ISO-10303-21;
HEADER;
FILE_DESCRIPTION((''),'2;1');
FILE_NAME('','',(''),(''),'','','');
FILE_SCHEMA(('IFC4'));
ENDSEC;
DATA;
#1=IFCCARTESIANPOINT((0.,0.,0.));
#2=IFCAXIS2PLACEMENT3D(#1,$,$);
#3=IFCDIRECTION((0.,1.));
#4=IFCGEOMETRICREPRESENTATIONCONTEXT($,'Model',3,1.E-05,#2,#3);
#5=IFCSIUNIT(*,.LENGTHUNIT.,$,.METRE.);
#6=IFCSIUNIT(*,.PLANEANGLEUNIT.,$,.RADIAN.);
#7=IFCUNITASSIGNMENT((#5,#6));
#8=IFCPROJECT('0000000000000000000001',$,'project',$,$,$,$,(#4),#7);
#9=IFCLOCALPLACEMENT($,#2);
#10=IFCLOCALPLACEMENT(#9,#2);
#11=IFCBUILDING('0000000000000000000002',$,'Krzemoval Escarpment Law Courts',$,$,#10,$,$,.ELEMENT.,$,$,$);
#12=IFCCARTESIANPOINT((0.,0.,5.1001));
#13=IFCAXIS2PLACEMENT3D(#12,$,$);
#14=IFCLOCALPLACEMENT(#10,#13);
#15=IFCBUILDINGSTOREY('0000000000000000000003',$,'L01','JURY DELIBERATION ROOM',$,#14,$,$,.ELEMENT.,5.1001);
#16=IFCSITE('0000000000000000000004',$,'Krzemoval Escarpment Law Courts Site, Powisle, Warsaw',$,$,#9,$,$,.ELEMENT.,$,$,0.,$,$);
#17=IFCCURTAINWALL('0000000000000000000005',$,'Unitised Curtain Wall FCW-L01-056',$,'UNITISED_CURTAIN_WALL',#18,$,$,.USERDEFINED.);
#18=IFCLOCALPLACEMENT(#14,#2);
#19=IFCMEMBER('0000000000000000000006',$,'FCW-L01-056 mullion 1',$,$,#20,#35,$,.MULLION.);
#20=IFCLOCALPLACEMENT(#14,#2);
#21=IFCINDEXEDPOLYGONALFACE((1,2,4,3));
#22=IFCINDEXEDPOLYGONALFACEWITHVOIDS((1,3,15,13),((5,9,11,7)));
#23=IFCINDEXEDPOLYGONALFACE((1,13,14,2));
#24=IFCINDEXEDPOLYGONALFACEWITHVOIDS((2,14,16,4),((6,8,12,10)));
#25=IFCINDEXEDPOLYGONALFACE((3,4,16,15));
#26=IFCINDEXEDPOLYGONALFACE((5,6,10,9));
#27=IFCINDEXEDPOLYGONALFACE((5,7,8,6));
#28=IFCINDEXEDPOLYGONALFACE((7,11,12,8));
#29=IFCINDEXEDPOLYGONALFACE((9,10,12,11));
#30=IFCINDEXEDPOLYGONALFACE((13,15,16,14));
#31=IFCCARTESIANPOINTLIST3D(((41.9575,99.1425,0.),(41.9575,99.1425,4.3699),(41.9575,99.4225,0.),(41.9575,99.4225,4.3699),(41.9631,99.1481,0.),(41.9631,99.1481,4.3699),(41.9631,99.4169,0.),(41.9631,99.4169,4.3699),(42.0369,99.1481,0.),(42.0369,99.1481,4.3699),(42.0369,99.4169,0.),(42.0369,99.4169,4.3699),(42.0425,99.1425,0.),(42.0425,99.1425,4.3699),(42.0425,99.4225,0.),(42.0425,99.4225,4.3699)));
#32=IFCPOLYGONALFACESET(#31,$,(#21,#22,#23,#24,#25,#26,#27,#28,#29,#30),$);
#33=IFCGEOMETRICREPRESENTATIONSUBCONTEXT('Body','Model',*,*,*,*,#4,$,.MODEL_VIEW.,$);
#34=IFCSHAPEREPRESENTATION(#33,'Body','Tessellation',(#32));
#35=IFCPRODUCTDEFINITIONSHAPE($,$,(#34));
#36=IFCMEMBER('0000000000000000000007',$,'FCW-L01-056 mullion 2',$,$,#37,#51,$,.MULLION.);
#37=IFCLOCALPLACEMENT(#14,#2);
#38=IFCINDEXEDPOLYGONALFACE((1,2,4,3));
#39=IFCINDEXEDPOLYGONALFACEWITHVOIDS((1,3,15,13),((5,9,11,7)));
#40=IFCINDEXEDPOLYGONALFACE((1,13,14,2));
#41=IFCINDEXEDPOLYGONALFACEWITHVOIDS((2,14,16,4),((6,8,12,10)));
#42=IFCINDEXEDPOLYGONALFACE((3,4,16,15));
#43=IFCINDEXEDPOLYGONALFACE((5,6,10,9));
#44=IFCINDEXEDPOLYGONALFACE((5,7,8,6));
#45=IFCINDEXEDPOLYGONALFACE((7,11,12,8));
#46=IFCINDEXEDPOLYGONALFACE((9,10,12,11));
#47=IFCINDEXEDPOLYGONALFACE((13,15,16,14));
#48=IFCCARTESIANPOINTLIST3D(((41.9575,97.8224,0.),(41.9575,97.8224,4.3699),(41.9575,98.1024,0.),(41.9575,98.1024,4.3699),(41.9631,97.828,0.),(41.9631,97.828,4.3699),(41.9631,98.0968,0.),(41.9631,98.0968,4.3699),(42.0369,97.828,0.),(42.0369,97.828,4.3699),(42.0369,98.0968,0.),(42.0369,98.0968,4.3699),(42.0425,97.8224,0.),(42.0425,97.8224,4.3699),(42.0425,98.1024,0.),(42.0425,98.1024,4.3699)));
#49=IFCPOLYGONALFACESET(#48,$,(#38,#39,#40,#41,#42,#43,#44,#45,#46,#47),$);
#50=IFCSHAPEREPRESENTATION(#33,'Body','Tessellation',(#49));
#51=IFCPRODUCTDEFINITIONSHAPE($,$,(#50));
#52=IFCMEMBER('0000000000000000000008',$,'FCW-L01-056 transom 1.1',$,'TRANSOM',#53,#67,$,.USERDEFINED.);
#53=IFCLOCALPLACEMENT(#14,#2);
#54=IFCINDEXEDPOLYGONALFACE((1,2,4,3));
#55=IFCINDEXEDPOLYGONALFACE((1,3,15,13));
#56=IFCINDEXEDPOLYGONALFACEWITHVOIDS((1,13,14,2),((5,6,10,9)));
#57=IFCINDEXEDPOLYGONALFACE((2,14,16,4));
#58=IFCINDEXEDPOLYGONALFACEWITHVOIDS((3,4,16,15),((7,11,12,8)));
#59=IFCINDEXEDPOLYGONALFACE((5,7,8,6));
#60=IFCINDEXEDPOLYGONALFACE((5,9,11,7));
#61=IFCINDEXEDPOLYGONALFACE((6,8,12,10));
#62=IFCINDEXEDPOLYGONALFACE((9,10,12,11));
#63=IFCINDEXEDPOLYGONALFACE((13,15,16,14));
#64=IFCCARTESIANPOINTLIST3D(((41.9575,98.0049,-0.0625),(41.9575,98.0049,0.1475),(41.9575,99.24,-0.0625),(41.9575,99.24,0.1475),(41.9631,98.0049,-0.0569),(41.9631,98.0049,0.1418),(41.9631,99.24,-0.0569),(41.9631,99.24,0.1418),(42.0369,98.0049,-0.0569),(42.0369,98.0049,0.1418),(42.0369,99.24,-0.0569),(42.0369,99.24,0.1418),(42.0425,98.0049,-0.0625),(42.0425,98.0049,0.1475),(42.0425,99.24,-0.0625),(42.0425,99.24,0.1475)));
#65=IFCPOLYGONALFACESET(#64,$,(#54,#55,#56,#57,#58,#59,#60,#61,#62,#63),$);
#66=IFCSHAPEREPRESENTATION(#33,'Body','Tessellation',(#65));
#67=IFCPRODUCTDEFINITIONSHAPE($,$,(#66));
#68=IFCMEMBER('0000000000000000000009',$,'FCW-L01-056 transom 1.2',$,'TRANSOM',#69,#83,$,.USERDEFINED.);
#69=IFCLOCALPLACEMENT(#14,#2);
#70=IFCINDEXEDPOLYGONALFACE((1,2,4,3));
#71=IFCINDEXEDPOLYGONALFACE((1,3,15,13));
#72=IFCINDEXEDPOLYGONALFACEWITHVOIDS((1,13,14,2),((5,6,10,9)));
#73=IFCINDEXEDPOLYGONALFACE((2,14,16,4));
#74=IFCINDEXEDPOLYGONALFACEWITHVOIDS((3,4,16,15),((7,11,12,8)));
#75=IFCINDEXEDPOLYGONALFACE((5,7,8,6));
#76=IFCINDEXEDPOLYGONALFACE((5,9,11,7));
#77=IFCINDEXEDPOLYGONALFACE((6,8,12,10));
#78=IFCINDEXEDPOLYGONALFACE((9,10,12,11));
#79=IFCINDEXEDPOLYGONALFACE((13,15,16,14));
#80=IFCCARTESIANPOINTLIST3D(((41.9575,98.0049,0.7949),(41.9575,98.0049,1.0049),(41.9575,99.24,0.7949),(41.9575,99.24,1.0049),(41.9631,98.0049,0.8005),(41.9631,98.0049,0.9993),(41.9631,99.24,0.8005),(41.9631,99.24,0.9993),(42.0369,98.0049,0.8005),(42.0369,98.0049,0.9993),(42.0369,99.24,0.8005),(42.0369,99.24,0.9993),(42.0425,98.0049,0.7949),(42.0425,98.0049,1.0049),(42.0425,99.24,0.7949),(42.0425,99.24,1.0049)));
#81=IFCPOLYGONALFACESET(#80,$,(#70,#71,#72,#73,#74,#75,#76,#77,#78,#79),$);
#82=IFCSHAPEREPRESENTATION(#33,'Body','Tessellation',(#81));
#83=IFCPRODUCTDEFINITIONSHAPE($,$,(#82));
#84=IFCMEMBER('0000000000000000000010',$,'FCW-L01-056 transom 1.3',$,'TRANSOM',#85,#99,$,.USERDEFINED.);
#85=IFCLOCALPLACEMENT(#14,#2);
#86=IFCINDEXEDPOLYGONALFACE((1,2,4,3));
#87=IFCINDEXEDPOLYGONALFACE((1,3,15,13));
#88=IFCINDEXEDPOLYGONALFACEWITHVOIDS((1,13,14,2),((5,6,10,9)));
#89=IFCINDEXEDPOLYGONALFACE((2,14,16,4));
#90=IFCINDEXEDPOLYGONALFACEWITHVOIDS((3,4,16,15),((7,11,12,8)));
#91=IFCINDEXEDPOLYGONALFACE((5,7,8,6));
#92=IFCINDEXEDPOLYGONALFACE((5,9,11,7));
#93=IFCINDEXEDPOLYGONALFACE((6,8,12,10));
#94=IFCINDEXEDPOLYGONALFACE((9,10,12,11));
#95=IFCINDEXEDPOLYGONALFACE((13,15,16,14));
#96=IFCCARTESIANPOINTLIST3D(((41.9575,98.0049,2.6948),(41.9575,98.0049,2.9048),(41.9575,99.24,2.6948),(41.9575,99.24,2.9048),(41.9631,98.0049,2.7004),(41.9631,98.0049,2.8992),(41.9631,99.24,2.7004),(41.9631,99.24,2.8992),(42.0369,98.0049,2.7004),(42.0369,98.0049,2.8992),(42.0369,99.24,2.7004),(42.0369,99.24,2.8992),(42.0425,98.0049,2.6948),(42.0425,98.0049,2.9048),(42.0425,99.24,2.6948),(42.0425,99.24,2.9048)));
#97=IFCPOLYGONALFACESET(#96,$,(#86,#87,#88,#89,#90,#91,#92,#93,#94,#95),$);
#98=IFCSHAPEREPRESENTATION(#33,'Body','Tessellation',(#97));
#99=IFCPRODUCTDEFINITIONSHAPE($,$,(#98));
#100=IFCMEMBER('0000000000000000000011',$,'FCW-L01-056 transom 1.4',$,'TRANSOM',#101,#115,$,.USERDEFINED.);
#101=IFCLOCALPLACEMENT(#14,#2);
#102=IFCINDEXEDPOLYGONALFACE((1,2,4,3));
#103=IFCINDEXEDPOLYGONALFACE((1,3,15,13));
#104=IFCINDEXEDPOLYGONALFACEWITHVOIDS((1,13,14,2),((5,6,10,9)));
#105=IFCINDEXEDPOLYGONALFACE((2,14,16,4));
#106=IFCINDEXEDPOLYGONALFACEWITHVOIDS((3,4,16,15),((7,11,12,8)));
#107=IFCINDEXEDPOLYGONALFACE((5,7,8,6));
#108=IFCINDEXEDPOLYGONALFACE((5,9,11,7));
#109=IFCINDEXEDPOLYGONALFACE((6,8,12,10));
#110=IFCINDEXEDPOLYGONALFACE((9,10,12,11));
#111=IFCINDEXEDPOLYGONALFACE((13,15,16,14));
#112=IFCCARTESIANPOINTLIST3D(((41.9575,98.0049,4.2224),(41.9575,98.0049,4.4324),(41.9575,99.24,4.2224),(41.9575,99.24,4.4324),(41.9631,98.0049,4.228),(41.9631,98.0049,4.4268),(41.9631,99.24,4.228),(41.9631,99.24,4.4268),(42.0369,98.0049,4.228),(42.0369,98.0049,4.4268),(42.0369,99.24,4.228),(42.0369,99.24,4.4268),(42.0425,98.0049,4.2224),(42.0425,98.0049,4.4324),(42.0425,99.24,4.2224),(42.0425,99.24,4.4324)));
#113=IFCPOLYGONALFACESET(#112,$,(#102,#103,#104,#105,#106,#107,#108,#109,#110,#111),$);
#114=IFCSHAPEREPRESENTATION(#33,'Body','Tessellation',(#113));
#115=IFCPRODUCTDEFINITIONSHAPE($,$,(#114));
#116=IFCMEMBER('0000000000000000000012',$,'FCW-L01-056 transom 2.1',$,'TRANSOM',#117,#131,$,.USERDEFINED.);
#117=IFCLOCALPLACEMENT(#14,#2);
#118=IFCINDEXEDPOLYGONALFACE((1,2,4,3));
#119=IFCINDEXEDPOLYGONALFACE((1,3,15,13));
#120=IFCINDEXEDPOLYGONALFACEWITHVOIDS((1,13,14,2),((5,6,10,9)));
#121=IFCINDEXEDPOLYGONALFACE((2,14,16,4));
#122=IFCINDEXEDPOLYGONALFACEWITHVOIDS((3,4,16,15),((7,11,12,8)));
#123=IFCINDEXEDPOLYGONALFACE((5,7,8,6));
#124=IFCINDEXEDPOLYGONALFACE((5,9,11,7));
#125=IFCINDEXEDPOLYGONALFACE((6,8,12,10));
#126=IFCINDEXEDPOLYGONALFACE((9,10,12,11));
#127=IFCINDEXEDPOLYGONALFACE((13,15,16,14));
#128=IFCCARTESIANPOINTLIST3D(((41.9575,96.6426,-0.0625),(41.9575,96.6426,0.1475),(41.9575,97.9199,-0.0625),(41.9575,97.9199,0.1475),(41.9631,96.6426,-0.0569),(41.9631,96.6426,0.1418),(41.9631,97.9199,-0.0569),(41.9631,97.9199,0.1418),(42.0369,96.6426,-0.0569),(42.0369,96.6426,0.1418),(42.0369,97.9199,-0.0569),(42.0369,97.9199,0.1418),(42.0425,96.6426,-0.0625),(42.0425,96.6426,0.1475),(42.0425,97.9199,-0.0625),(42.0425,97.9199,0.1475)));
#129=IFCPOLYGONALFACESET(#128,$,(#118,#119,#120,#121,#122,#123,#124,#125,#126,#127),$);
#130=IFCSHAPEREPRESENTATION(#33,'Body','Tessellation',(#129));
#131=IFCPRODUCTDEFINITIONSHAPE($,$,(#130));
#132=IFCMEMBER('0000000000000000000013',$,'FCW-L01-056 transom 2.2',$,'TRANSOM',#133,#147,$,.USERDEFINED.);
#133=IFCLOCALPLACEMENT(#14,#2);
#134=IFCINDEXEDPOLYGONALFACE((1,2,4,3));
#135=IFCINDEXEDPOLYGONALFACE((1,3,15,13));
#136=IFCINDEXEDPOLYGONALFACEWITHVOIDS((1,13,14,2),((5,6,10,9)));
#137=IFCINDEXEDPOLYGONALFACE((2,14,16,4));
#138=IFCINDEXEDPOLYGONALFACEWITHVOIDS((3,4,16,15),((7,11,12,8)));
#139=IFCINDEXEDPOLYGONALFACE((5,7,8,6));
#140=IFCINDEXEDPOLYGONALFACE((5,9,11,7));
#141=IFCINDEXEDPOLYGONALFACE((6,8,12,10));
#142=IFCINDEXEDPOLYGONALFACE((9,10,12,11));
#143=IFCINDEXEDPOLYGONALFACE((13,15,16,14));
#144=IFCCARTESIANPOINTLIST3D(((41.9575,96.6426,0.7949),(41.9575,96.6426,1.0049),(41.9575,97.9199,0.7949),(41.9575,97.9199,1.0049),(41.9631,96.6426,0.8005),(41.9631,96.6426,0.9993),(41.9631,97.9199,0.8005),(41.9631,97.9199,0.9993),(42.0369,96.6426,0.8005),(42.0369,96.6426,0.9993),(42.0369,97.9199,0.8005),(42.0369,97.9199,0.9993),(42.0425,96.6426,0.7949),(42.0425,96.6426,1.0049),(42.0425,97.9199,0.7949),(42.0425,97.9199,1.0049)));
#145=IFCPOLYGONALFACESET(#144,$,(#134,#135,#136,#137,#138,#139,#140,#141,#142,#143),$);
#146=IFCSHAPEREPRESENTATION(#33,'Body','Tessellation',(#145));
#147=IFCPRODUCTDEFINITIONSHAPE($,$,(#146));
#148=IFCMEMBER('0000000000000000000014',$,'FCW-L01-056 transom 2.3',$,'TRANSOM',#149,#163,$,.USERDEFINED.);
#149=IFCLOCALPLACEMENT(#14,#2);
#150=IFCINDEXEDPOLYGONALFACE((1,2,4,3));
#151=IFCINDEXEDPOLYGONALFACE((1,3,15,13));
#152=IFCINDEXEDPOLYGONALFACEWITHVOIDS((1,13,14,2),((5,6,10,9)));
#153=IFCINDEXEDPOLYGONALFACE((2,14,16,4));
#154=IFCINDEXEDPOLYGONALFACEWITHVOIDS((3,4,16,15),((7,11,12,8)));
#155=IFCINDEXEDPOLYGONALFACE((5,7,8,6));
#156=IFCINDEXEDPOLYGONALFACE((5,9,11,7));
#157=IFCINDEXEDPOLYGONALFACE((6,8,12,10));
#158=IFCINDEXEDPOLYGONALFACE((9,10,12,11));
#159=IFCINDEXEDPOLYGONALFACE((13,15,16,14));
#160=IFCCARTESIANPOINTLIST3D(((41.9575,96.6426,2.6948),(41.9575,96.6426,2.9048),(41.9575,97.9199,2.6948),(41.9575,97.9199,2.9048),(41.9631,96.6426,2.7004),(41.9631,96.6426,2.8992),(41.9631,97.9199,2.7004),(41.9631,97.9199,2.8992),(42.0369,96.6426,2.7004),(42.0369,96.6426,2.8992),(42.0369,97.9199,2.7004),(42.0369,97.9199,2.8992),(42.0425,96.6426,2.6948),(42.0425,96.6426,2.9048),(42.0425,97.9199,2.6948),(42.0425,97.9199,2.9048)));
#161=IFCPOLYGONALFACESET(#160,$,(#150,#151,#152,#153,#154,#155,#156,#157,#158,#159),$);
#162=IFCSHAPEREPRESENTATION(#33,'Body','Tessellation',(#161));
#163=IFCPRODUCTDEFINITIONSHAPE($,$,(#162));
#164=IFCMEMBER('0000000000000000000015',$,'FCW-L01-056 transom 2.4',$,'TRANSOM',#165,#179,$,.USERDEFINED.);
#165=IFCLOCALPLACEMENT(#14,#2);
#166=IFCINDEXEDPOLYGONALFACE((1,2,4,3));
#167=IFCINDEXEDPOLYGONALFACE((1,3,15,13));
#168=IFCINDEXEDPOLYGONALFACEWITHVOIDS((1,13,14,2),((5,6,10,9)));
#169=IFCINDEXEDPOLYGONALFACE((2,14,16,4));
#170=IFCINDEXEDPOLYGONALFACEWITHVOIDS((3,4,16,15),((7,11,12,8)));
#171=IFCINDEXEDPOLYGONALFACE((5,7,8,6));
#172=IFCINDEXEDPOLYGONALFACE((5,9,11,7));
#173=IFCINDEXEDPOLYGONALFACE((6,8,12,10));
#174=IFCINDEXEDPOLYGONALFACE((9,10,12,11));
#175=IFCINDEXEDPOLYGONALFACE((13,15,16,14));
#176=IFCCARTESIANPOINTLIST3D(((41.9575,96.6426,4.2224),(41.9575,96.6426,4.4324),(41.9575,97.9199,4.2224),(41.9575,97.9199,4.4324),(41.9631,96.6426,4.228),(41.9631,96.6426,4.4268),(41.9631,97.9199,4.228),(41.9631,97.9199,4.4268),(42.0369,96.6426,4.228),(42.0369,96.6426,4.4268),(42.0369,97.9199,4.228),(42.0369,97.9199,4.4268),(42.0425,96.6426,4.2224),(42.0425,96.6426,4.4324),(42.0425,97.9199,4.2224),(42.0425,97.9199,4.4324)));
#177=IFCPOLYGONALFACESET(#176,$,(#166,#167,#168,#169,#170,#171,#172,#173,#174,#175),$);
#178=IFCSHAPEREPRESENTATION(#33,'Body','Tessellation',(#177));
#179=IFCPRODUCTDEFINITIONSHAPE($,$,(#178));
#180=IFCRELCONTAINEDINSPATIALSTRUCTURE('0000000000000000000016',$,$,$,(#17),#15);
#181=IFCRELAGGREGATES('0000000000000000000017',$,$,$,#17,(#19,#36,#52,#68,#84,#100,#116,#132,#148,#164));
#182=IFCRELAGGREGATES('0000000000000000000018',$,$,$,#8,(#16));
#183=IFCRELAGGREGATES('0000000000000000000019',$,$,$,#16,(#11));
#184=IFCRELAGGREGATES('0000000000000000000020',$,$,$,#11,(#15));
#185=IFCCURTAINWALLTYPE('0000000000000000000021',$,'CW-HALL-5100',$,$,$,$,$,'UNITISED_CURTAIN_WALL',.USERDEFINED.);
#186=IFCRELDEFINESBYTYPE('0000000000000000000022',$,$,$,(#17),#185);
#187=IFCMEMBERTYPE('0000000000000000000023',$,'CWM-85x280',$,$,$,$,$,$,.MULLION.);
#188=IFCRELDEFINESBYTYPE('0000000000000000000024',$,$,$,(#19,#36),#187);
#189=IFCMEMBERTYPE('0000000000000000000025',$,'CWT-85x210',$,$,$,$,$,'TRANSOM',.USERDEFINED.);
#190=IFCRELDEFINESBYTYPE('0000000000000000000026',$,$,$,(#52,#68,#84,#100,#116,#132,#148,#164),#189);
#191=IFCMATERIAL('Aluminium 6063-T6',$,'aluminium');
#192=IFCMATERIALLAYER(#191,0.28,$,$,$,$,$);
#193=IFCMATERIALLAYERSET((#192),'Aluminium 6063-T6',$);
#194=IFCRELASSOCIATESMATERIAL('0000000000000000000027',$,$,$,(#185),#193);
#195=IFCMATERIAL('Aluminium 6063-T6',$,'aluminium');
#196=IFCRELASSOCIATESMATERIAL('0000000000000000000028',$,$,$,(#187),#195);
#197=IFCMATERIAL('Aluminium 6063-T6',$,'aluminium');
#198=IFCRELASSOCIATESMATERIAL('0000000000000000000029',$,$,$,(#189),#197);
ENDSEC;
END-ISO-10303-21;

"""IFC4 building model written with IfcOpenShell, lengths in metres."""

from ifc_helpers import new_model, si_unit, direction, frame, origin, origin_2d, place, context, subcontext, project, spatial, hollow_rectangle, extrude, material, layer, layer_set, material_profile, profile_set, type_object, element, aggregate, save


model = new_model("IFC4")

# Units and contexts
model_context = context("Model", 3, precision=1e-05, world=origin(), true_north=direction((0.0, 1.0)))
body_context = subcontext(model_context, "Body", "Model", "MODEL_VIEW")
ifc_project = project(units=[si_unit("LENGTHUNIT", "METRE"), si_unit("PLANEANGLEUNIT", "RADIAN")], contexts=[model_context])

# Site, building, storey
site_placement = place(None, origin())
site = spatial("IfcSite", under=ifc_project, at=site_placement, Name="Krzemoval Escarpment Law Courts Site, Powisle, Warsaw", CompositionType="ELEMENT", RefElevation=0.0)
building_placement = place(site_placement, origin())
building = spatial("IfcBuilding", under=site, at=building_placement, Name="Krzemoval Escarpment Law Courts", CompositionType="ELEMENT")
storey_placement = place(building_placement, frame((0.0, 0.0, 5.1001)))
storey = spatial("IfcBuildingStorey", under=building, at=storey_placement, Name="L01", Description="JURY DELIBERATION ROOM", CompositionType="ELEMENT", Elevation=5.1001)

# Curtain wall, members
ifc_material_1 = material(Name="Aluminium 6063-T6", Category="aluminium")
ifc_layer_1 = layer(ifc_material_1, 0.28)
ifc_layer_set_1 = layer_set([ifc_layer_1], Name="Aluminium 6063-T6")
curtain_wall_type = type_object("IfcCurtainWallType", Name="CW-HALL-5100", ElementType="UNITISED_CURTAIN_WALL", PredefinedType="USERDEFINED", material=ifc_layer_set_1)
curtain_wall_placement = place(storey_placement, origin())
curtain_wall = element("IfcCurtainWall", 1, at=curtain_wall_placement, inside=storey, type_object=curtain_wall_type, Name="Unitised Curtain Wall FCW-L01-056", ObjectType="UNITISED_CURTAIN_WALL", PredefinedType="USERDEFINED")
ifc_material_2 = material(Name="Aluminium 6063-T6", Category="aluminium")
ifc_material_profile_1 = material_profile(ifc_material_2, hollow_rectangle(XDim=0.085, YDim=0.28, WallThickness=0.0056, at=origin_2d()), Name="ALU M85x280")
ifc_profile_set_1 = profile_set([ifc_material_profile_1], Name="Aluminium 6063-T6")
member_type_1 = type_object("IfcMemberType", Name="CWM-85x280", PredefinedType="MULLION", material=ifc_profile_set_1)
member_1_placement = place(storey_placement, frame((42.0, 99.2825, 0.0), z_axis=(0.0, 0.0, 1.0), x_axis=(1.0, 0.0, 0.0)))
member_1 = element("IfcMember", 2, at=member_1_placement, type_object=member_type_1, Name="FCW-L01-056 mullion 1", PredefinedType="MULLION", context=body_context, shape_type="SweptSolid", body=[
    extrude(hollow_rectangle(XDim=0.085, YDim=0.28, WallThickness=0.0056, at=origin_2d()), origin(), (0.0, 0.0, 1.0), 4.3699),
])
member_2_placement = place(storey_placement, frame((42.0, 97.9624, 0.0), z_axis=(0.0, 0.0, 1.0), x_axis=(1.0, 0.0, 0.0)))
member_2 = element("IfcMember", 3, at=member_2_placement, type_object=member_type_1, Name="FCW-L01-056 mullion 2", PredefinedType="MULLION", context=body_context, shape_type="SweptSolid", body=[
    extrude(hollow_rectangle(XDim=0.085, YDim=0.28, WallThickness=0.0056, at=origin_2d()), origin(), (0.0, 0.0, 1.0), 4.3699),
])
ifc_material_3 = material(Name="Aluminium 6063-T6", Category="aluminium")
ifc_material_profile_2 = material_profile(ifc_material_3, hollow_rectangle(XDim=0.085, YDim=0.21, WallThickness=0.0056, at=origin_2d()), Name="ALU T85x210")
ifc_profile_set_2 = profile_set([ifc_material_profile_2], Name="Aluminium 6063-T6")
member_type_2 = type_object("IfcMemberType", Name="CWT-85x210", ElementType="TRANSOM", PredefinedType="USERDEFINED", material=ifc_profile_set_2)
member_3_placement = place(storey_placement, frame((42.0, 99.24, 0.0425), z_axis=(0.0, -1.0, 0.0), x_axis=(1.0, 0.0, 0.0)))
member_3 = element("IfcMember", 4, at=member_3_placement, type_object=member_type_2, Name="FCW-L01-056 transom 1.1", ObjectType="TRANSOM", PredefinedType="USERDEFINED", context=body_context, shape_type="SweptSolid", body=[
    extrude(hollow_rectangle(XDim=0.085, YDim=0.21, WallThickness=0.0056, at=origin_2d()), origin(), (0.0, 0.0, 1.0), 1.2351),
])
member_4_placement = place(storey_placement, frame((42.0, 99.24, 0.8999), z_axis=(0.0, -1.0, 0.0), x_axis=(1.0, 0.0, 0.0)))
member_4 = element("IfcMember", 5, at=member_4_placement, type_object=member_type_2, Name="FCW-L01-056 transom 1.2", ObjectType="TRANSOM", PredefinedType="USERDEFINED", context=body_context, shape_type="SweptSolid", body=[
    extrude(hollow_rectangle(XDim=0.085, YDim=0.21, WallThickness=0.0056, at=origin_2d()), origin(), (0.0, 0.0, 1.0), 1.2351),
])
member_5_placement = place(storey_placement, frame((42.0, 99.24, 2.7998), z_axis=(0.0, -1.0, 0.0), x_axis=(1.0, 0.0, 0.0)))
member_5 = element("IfcMember", 6, at=member_5_placement, type_object=member_type_2, Name="FCW-L01-056 transom 1.3", ObjectType="TRANSOM", PredefinedType="USERDEFINED", context=body_context, shape_type="SweptSolid", body=[
    extrude(hollow_rectangle(XDim=0.085, YDim=0.21, WallThickness=0.0056, at=origin_2d()), origin(), (0.0, 0.0, 1.0), 1.2351),
])
member_6_placement = place(storey_placement, frame((42.0, 99.24, 4.3274), z_axis=(0.0, -1.0, 0.0), x_axis=(1.0, 0.0, 0.0)))
member_6 = element("IfcMember", 7, at=member_6_placement, type_object=member_type_2, Name="FCW-L01-056 transom 1.4", ObjectType="TRANSOM", PredefinedType="USERDEFINED", context=body_context, shape_type="SweptSolid", body=[
    extrude(hollow_rectangle(XDim=0.085, YDim=0.21, WallThickness=0.0056, at=origin_2d()), origin(), (0.0, 0.0, 1.0), 1.2351),
])
member_7_placement = place(storey_placement, frame((42.0, 97.9199, 0.0425), z_axis=(0.0, -1.0, 0.0), x_axis=(1.0, 0.0, 0.0)))
member_7 = element("IfcMember", 8, at=member_7_placement, type_object=member_type_2, Name="FCW-L01-056 transom 2.1", ObjectType="TRANSOM", PredefinedType="USERDEFINED", context=body_context, shape_type="SweptSolid", body=[
    extrude(hollow_rectangle(XDim=0.085, YDim=0.21, WallThickness=0.0056, at=origin_2d()), origin(), (0.0, 0.0, 1.0), 1.2773),
])
member_8_placement = place(storey_placement, frame((42.0, 97.9199, 0.8999), z_axis=(0.0, -1.0, 0.0), x_axis=(1.0, 0.0, 0.0)))
member_8 = element("IfcMember", 9, at=member_8_placement, type_object=member_type_2, Name="FCW-L01-056 transom 2.2", ObjectType="TRANSOM", PredefinedType="USERDEFINED", context=body_context, shape_type="SweptSolid", body=[
    extrude(hollow_rectangle(XDim=0.085, YDim=0.21, WallThickness=0.0056, at=origin_2d()), origin(), (0.0, 0.0, 1.0), 1.2773),
])
member_9_placement = place(storey_placement, frame((42.0, 97.9199, 2.7998), z_axis=(0.0, -1.0, 0.0), x_axis=(1.0, 0.0, 0.0)))
member_9 = element("IfcMember", 10, at=member_9_placement, type_object=member_type_2, Name="FCW-L01-056 transom 2.3", ObjectType="TRANSOM", PredefinedType="USERDEFINED", context=body_context, shape_type="SweptSolid", body=[
    extrude(hollow_rectangle(XDim=0.085, YDim=0.21, WallThickness=0.0056, at=origin_2d()), origin(), (0.0, 0.0, 1.0), 1.2773),
])
member_10_placement = place(storey_placement, frame((42.0, 97.9199, 4.3274), z_axis=(0.0, -1.0, 0.0), x_axis=(1.0, 0.0, 0.0)))
member_10 = element("IfcMember", 11, at=member_10_placement, type_object=member_type_2, Name="FCW-L01-056 transom 2.4", ObjectType="TRANSOM", PredefinedType="USERDEFINED", context=body_context, shape_type="SweptSolid", body=[
    extrude(hollow_rectangle(XDim=0.085, YDim=0.21, WallThickness=0.0056, at=origin_2d()), origin(), (0.0, 0.0, 1.0), 1.2773),
])

aggregate(curtain_wall, [member_1, member_2, member_3, member_4, member_5, member_6, member_7, member_8, member_9, member_10])

save(model, "model.ifc")
